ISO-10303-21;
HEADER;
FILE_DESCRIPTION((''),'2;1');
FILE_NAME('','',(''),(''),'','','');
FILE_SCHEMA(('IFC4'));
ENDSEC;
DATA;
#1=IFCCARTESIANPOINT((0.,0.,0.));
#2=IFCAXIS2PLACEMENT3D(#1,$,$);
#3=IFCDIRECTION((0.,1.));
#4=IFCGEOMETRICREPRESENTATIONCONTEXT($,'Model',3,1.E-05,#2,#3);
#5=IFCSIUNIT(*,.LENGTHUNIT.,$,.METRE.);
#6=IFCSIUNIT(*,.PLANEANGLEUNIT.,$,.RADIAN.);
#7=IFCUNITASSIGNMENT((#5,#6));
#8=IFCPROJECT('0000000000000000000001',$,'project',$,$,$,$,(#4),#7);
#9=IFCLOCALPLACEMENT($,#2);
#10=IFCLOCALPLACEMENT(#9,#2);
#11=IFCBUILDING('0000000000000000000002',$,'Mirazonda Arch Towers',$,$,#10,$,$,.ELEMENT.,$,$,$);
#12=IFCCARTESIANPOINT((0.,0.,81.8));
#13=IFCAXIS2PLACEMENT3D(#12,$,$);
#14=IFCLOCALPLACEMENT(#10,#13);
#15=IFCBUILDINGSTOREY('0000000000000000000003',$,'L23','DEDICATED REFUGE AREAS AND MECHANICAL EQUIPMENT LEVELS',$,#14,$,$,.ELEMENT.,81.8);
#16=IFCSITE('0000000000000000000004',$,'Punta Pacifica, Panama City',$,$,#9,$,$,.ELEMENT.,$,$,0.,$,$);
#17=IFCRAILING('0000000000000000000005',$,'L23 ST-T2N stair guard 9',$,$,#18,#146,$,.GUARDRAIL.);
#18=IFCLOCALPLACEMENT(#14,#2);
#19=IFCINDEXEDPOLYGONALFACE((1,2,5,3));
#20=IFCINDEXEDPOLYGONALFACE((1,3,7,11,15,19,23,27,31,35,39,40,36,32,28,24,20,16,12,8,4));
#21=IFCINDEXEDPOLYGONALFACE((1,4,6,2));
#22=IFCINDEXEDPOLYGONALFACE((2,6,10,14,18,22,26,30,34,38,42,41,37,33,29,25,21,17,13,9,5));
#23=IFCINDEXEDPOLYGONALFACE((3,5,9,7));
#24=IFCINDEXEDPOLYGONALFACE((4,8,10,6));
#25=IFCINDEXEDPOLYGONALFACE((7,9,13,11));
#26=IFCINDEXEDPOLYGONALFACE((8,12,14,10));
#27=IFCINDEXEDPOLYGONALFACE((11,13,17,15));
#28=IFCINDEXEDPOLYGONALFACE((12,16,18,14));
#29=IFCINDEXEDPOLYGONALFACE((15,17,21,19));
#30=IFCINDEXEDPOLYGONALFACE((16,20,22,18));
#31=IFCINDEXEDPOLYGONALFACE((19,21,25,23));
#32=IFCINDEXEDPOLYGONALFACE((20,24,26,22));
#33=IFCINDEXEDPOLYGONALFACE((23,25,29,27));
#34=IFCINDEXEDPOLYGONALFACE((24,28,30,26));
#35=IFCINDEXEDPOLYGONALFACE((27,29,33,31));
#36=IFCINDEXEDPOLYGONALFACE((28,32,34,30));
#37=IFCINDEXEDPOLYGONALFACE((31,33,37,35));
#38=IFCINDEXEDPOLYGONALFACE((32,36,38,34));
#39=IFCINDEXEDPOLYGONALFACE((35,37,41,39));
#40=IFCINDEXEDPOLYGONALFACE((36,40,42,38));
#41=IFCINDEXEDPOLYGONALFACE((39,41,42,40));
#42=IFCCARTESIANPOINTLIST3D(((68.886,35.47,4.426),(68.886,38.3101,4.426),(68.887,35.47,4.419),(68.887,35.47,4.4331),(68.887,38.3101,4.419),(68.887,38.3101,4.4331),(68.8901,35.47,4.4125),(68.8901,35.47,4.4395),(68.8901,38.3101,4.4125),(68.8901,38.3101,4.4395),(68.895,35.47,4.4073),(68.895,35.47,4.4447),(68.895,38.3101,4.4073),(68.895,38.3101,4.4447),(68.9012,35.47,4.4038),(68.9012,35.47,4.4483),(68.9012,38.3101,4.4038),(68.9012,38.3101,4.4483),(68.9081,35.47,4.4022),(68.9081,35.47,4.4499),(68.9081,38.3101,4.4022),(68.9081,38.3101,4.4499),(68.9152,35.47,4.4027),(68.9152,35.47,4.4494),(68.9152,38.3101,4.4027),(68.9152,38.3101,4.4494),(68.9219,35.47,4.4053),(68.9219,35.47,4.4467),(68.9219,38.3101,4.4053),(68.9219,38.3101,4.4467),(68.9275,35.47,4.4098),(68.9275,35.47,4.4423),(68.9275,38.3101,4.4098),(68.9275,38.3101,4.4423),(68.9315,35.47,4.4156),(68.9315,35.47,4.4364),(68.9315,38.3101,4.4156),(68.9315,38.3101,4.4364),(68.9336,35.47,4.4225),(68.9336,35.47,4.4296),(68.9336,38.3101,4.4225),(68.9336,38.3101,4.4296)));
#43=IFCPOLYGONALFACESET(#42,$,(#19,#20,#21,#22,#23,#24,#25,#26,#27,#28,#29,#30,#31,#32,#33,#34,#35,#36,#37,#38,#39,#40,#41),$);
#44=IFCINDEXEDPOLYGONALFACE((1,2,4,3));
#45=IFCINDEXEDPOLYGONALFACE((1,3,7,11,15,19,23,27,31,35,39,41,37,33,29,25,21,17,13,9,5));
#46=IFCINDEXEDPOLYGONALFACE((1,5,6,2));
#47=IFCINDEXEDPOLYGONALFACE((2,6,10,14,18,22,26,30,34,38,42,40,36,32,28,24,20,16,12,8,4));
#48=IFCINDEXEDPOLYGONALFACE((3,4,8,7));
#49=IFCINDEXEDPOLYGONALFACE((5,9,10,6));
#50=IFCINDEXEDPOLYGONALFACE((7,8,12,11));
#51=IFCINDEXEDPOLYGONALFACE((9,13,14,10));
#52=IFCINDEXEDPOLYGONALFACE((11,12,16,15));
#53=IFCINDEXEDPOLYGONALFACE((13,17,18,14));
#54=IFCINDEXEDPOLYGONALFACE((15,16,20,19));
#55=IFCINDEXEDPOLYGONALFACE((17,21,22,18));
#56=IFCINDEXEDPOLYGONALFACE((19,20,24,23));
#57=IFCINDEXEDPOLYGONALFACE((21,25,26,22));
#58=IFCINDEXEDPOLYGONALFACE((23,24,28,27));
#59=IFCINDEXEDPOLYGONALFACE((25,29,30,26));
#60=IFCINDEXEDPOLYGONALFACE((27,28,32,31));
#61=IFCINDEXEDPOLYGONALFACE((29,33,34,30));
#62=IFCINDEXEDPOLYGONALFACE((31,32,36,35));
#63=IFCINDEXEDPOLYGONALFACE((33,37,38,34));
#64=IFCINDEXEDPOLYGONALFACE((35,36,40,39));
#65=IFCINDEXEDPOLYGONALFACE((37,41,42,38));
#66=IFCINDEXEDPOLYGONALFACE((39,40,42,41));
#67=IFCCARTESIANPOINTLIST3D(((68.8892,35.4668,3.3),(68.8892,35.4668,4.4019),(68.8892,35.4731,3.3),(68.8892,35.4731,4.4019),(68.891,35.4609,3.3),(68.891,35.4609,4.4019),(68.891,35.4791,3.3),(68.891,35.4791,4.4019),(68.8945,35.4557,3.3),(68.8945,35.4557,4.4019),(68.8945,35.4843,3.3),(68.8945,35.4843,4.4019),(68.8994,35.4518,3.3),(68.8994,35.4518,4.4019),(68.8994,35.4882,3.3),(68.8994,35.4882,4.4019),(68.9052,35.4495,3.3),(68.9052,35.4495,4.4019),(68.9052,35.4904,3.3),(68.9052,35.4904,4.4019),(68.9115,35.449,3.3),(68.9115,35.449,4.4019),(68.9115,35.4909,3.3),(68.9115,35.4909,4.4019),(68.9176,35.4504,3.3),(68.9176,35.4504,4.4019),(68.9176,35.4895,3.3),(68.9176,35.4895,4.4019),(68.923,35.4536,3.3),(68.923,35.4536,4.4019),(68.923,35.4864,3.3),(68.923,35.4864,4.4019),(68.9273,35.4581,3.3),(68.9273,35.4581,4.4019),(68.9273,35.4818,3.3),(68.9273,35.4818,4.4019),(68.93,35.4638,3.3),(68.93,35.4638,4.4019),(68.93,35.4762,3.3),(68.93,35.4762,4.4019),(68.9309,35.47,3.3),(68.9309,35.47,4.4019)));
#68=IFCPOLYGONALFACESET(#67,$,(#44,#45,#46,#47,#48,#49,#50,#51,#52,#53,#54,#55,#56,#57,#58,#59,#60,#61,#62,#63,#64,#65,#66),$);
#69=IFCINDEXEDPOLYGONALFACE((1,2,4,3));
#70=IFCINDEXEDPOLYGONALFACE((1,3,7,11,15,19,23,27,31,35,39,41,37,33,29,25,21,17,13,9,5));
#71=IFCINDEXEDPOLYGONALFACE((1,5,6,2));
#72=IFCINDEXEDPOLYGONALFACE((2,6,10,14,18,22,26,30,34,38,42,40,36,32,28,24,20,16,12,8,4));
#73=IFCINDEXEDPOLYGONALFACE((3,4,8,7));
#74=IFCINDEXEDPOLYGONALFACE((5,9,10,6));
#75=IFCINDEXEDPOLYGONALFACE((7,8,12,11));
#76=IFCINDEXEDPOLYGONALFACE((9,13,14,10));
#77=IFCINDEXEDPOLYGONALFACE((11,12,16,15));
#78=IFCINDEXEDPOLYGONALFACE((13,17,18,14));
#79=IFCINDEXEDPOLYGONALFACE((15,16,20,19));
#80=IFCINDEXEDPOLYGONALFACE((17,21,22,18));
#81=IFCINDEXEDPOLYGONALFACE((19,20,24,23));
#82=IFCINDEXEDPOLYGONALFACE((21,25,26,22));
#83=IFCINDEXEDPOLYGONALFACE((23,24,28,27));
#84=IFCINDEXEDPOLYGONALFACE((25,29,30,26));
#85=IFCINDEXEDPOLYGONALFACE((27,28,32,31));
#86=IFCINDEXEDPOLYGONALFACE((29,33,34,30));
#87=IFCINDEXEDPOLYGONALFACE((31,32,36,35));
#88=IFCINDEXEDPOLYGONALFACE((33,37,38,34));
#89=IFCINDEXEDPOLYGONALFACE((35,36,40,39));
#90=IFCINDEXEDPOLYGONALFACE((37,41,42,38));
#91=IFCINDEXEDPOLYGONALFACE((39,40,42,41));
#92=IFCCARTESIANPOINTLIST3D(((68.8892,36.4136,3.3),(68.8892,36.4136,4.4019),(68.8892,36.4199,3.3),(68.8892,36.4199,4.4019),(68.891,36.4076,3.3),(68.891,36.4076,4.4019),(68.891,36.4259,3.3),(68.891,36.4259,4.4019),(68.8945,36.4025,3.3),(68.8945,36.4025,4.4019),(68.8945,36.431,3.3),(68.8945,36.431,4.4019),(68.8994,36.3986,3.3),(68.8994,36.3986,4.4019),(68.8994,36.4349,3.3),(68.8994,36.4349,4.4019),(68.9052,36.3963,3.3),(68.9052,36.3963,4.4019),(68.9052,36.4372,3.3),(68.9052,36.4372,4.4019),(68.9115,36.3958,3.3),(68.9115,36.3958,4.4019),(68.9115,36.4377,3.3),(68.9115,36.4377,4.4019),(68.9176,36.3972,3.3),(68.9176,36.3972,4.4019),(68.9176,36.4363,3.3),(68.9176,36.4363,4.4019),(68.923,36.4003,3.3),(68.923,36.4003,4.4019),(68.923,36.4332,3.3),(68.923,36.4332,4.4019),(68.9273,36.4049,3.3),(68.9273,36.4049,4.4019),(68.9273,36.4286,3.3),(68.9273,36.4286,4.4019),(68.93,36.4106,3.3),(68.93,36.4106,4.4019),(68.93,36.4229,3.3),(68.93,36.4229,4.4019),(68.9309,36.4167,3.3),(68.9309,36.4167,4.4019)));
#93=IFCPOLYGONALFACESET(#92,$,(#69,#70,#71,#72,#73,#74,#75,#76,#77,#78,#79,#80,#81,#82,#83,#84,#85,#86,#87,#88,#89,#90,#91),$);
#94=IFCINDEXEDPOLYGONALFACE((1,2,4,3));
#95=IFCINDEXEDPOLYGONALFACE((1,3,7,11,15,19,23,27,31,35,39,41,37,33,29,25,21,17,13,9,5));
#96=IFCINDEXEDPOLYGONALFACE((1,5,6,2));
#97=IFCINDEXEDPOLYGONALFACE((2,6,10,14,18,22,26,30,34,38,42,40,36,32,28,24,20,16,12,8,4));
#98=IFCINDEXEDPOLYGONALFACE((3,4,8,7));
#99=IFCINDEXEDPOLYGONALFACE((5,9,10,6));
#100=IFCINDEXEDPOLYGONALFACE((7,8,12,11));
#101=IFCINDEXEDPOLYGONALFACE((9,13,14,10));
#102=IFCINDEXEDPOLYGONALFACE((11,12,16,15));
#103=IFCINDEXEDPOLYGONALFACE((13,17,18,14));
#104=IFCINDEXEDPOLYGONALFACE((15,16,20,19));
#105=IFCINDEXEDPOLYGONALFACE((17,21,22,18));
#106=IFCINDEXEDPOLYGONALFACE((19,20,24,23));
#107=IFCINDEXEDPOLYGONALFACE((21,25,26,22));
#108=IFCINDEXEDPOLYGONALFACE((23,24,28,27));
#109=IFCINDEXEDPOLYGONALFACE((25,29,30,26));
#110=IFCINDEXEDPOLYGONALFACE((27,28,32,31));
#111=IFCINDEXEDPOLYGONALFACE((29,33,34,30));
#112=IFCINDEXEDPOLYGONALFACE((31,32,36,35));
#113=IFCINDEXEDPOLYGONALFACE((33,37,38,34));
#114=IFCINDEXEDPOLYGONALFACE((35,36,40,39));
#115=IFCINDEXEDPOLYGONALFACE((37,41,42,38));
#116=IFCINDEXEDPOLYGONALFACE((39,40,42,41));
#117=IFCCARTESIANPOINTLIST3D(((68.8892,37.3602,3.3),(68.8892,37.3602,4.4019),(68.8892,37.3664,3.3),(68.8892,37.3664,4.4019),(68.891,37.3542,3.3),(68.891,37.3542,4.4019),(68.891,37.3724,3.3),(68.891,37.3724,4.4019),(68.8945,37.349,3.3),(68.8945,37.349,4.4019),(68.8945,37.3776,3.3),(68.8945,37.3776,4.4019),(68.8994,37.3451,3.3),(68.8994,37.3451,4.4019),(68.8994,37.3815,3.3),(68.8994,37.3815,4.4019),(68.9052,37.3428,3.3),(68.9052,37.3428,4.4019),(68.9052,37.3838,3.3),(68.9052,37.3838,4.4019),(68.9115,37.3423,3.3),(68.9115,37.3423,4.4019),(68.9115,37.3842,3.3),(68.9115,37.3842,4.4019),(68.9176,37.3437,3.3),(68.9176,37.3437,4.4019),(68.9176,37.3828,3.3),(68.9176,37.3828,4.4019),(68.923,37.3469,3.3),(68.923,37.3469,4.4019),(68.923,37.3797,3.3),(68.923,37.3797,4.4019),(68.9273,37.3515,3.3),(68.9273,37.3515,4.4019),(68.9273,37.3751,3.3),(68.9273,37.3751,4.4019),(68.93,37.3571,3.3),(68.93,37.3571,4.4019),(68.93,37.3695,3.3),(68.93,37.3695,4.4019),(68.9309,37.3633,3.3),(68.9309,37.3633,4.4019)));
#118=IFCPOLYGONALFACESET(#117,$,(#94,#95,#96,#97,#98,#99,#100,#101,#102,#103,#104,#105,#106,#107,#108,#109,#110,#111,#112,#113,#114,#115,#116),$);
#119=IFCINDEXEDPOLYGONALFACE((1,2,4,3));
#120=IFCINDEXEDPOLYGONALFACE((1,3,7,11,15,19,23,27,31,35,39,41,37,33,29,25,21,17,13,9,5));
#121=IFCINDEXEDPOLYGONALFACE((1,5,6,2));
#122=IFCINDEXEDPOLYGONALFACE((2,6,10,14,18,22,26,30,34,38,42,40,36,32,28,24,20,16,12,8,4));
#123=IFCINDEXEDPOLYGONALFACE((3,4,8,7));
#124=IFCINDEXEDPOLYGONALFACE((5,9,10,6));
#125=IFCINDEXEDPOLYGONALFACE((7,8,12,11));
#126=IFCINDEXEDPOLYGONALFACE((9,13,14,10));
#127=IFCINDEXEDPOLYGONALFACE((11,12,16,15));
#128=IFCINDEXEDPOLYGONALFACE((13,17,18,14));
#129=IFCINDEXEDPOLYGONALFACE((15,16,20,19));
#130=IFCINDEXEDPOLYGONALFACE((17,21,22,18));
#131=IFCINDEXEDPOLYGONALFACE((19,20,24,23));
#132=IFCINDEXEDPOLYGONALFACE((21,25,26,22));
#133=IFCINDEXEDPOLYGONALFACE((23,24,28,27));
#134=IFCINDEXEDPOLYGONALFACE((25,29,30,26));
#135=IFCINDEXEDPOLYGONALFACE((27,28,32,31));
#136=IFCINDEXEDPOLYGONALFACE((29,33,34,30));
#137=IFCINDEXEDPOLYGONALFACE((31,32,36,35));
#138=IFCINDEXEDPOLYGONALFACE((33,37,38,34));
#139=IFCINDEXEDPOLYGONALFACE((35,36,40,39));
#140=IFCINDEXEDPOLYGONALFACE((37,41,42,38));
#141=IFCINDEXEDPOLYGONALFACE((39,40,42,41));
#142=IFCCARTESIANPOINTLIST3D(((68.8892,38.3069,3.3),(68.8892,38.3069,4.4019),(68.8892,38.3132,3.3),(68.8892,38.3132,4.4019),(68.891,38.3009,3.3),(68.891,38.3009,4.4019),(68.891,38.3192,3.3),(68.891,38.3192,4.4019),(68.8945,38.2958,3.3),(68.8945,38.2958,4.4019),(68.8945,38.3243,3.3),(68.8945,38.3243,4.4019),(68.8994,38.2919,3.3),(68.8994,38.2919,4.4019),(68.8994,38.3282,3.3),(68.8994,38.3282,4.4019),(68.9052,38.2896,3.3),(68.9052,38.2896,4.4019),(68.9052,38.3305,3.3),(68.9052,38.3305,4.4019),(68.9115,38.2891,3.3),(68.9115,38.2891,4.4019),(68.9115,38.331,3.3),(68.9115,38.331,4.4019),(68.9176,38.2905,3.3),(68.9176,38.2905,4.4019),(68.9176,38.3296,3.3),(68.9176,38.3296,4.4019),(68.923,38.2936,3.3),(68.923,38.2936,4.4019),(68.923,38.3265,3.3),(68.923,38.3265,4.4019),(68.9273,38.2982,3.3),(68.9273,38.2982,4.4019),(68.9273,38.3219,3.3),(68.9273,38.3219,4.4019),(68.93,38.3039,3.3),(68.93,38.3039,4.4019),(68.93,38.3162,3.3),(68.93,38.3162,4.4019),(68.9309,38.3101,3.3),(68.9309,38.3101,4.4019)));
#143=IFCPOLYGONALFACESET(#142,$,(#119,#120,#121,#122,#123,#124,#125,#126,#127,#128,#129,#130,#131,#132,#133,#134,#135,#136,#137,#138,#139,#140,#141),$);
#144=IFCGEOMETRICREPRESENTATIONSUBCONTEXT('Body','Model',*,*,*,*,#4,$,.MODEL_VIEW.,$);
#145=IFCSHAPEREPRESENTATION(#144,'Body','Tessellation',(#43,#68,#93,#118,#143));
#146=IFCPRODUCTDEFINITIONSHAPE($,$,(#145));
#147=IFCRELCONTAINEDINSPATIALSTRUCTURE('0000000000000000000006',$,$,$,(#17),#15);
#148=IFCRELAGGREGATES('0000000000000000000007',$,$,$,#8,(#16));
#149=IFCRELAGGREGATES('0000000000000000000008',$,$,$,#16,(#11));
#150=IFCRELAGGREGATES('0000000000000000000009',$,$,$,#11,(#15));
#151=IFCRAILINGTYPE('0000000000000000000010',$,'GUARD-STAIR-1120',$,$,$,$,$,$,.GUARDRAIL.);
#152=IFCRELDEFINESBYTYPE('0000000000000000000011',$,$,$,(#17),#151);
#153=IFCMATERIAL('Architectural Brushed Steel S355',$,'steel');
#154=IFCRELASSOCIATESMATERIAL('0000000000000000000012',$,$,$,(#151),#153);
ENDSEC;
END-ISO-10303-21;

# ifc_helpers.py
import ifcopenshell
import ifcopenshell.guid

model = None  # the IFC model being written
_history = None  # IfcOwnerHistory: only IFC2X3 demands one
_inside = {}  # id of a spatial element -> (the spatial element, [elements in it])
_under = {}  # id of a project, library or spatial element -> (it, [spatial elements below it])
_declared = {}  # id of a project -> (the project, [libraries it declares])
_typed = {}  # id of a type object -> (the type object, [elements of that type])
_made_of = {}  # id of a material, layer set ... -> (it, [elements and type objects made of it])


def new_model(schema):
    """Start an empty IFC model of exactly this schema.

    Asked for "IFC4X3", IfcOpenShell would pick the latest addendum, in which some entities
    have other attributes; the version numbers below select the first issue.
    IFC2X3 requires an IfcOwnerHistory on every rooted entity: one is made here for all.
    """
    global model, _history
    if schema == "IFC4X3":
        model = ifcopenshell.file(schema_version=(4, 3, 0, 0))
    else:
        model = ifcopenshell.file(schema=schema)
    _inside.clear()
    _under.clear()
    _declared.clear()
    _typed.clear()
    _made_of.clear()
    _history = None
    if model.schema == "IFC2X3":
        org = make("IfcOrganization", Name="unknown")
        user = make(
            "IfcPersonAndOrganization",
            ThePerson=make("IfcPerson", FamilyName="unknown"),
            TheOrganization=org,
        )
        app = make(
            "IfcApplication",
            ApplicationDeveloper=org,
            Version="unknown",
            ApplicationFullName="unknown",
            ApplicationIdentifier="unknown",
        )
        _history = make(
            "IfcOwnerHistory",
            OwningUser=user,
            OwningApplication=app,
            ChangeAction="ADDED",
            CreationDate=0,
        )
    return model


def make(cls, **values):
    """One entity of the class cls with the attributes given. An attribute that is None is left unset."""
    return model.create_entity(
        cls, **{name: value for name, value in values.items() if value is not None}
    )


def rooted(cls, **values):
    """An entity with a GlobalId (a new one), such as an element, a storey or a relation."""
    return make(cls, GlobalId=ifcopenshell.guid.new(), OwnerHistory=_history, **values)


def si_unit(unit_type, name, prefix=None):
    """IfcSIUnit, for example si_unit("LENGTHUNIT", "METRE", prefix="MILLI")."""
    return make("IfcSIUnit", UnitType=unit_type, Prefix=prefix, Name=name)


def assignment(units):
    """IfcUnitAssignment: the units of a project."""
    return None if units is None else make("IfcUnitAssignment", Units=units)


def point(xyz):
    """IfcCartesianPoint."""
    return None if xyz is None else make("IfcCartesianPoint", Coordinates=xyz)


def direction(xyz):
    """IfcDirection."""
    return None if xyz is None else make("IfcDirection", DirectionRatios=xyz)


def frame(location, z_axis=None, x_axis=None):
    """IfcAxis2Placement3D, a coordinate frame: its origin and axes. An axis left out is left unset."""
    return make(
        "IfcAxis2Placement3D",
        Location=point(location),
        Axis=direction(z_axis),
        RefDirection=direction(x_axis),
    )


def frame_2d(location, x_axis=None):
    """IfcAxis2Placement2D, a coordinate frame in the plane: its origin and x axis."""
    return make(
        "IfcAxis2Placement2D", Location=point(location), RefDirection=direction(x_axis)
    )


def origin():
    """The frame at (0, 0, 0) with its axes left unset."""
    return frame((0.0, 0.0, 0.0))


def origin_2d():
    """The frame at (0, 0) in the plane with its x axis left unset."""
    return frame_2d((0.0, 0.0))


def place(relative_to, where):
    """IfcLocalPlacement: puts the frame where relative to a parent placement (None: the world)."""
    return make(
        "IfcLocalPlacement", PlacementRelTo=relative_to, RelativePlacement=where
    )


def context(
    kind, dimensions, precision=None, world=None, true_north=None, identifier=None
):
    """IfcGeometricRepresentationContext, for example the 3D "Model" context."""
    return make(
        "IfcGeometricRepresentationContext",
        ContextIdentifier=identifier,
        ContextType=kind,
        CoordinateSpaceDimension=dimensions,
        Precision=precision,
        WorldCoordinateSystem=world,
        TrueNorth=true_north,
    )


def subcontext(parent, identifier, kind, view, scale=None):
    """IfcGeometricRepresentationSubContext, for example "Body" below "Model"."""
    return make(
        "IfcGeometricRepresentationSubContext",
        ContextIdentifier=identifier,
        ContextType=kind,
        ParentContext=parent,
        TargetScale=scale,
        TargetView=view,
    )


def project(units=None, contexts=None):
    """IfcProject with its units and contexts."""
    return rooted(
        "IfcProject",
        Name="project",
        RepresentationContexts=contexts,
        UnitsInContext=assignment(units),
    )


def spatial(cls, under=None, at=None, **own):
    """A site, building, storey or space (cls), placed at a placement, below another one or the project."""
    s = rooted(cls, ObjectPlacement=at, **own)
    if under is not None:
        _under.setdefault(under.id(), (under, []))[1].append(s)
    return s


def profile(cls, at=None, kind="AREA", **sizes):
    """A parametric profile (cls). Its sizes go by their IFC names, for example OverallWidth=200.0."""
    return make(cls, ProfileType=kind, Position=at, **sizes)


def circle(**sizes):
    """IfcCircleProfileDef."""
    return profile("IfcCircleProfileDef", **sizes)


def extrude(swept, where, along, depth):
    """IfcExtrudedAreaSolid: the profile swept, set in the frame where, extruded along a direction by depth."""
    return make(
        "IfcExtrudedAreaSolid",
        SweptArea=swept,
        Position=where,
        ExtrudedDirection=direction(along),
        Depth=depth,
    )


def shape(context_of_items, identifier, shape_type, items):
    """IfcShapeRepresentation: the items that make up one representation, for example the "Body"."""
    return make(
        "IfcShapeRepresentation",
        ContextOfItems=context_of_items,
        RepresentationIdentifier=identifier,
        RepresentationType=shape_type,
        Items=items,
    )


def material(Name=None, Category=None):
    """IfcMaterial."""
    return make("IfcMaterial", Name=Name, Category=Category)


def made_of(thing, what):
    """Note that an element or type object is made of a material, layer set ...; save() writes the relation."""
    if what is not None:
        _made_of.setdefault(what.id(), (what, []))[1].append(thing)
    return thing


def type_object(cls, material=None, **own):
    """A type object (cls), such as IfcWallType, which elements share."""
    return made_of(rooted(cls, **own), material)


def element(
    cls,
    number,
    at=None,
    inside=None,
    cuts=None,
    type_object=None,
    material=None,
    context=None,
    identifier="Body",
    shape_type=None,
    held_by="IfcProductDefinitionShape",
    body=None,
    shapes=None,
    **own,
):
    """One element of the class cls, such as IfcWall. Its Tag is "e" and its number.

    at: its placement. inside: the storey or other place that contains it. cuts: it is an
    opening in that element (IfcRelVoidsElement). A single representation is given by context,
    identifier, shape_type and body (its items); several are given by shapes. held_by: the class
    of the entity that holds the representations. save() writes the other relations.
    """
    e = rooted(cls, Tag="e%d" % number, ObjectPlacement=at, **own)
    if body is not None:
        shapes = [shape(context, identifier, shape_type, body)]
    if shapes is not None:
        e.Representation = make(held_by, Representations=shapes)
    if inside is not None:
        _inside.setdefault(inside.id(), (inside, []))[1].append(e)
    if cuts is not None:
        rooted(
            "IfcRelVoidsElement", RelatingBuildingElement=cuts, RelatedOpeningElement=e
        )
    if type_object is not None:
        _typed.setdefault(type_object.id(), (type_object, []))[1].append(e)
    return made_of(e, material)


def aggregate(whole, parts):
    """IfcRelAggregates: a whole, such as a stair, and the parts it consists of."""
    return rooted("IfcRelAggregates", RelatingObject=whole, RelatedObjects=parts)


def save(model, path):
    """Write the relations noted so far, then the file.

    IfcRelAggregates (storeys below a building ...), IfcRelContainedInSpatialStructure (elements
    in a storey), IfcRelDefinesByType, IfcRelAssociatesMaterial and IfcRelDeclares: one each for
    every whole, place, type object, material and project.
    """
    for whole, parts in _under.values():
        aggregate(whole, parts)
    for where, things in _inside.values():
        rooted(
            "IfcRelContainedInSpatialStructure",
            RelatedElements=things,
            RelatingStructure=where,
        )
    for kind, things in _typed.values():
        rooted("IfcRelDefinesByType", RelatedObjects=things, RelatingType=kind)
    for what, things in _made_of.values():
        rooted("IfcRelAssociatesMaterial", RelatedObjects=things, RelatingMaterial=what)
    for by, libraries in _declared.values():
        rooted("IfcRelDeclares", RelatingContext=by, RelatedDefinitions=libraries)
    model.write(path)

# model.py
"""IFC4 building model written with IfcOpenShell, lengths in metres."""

from ifc_helpers import new_model, si_unit, direction, frame, origin, origin_2d, place, context, subcontext, project, spatial, circle, extrude, material, type_object, element, save


model = new_model("IFC4")

# Units and contexts
model_context = context("Model", 3, precision=1e-05, world=origin(), true_north=direction((0.0, 1.0)))
body_context = subcontext(model_context, "Body", "Model", "MODEL_VIEW")
ifc_project = project(units=[si_unit("LENGTHUNIT", "METRE"), si_unit("PLANEANGLEUNIT", "RADIAN")], contexts=[model_context])

# Site, building, storey
site_placement = place(None, origin())
site = spatial("IfcSite", under=ifc_project, at=site_placement, Name="Punta Pacifica, Panama City", CompositionType="ELEMENT", RefElevation=0.0)
building_placement = place(site_placement, origin())
building = spatial("IfcBuilding", under=site, at=building_placement, Name="Mirazonda Arch Towers", CompositionType="ELEMENT")
storey_placement = place(building_placement, frame((0.0, 0.0, 81.8)))
storey = spatial("IfcBuildingStorey", under=building, at=storey_placement, Name="L23", Description="DEDICATED REFUGE AREAS AND MECHANICAL EQUIPMENT LEVELS", CompositionType="ELEMENT", Elevation=81.8)

# Railing
ifc_material_1 = material(Name="Architectural Brushed Steel S355", Category="steel")
railing_type_1 = type_object("IfcRailingType", Name="GUARD-STAIR-1120", PredefinedType="GUARDRAIL", material=ifc_material_1)
railing_1_placement = place(storey_placement, frame((68.9099, 35.47, 3.3)))
element("IfcRailing", 1, at=railing_1_placement, inside=storey, type_object=railing_type_1, Name="L23 ST-T2N stair guard 9", PredefinedType="GUARDRAIL", context=body_context, shape_type="SweptSolid", body=[
    extrude(circle(Radius=0.0239, at=origin_2d()), frame((0.0, 0.0, 1.126), z_axis=(0.0, 1.0, 0.0), x_axis=(-1.0, 0.0, 0.0)), (0.0, 0.0, 1.0), 2.8401),
    extrude(circle(Radius=0.021, at=origin_2d()), origin(), (0.0, 0.0, 1.0), 1.1018),
    extrude(circle(Radius=0.021, at=origin_2d()), frame((0.0, 0.9468, 0.0)), (0.0, 0.0, 1.0), 1.1018),
    extrude(circle(Radius=0.021, at=origin_2d()), frame((0.0, 1.8933, 0.0)), (0.0, 0.0, 1.0), 1.1018),
    extrude(circle(Radius=0.021, at=origin_2d()), frame((0.0, 2.8401, 0.0)), (0.0, 0.0, 1.0), 1.1018),
])

save(model, "model.ifc")
